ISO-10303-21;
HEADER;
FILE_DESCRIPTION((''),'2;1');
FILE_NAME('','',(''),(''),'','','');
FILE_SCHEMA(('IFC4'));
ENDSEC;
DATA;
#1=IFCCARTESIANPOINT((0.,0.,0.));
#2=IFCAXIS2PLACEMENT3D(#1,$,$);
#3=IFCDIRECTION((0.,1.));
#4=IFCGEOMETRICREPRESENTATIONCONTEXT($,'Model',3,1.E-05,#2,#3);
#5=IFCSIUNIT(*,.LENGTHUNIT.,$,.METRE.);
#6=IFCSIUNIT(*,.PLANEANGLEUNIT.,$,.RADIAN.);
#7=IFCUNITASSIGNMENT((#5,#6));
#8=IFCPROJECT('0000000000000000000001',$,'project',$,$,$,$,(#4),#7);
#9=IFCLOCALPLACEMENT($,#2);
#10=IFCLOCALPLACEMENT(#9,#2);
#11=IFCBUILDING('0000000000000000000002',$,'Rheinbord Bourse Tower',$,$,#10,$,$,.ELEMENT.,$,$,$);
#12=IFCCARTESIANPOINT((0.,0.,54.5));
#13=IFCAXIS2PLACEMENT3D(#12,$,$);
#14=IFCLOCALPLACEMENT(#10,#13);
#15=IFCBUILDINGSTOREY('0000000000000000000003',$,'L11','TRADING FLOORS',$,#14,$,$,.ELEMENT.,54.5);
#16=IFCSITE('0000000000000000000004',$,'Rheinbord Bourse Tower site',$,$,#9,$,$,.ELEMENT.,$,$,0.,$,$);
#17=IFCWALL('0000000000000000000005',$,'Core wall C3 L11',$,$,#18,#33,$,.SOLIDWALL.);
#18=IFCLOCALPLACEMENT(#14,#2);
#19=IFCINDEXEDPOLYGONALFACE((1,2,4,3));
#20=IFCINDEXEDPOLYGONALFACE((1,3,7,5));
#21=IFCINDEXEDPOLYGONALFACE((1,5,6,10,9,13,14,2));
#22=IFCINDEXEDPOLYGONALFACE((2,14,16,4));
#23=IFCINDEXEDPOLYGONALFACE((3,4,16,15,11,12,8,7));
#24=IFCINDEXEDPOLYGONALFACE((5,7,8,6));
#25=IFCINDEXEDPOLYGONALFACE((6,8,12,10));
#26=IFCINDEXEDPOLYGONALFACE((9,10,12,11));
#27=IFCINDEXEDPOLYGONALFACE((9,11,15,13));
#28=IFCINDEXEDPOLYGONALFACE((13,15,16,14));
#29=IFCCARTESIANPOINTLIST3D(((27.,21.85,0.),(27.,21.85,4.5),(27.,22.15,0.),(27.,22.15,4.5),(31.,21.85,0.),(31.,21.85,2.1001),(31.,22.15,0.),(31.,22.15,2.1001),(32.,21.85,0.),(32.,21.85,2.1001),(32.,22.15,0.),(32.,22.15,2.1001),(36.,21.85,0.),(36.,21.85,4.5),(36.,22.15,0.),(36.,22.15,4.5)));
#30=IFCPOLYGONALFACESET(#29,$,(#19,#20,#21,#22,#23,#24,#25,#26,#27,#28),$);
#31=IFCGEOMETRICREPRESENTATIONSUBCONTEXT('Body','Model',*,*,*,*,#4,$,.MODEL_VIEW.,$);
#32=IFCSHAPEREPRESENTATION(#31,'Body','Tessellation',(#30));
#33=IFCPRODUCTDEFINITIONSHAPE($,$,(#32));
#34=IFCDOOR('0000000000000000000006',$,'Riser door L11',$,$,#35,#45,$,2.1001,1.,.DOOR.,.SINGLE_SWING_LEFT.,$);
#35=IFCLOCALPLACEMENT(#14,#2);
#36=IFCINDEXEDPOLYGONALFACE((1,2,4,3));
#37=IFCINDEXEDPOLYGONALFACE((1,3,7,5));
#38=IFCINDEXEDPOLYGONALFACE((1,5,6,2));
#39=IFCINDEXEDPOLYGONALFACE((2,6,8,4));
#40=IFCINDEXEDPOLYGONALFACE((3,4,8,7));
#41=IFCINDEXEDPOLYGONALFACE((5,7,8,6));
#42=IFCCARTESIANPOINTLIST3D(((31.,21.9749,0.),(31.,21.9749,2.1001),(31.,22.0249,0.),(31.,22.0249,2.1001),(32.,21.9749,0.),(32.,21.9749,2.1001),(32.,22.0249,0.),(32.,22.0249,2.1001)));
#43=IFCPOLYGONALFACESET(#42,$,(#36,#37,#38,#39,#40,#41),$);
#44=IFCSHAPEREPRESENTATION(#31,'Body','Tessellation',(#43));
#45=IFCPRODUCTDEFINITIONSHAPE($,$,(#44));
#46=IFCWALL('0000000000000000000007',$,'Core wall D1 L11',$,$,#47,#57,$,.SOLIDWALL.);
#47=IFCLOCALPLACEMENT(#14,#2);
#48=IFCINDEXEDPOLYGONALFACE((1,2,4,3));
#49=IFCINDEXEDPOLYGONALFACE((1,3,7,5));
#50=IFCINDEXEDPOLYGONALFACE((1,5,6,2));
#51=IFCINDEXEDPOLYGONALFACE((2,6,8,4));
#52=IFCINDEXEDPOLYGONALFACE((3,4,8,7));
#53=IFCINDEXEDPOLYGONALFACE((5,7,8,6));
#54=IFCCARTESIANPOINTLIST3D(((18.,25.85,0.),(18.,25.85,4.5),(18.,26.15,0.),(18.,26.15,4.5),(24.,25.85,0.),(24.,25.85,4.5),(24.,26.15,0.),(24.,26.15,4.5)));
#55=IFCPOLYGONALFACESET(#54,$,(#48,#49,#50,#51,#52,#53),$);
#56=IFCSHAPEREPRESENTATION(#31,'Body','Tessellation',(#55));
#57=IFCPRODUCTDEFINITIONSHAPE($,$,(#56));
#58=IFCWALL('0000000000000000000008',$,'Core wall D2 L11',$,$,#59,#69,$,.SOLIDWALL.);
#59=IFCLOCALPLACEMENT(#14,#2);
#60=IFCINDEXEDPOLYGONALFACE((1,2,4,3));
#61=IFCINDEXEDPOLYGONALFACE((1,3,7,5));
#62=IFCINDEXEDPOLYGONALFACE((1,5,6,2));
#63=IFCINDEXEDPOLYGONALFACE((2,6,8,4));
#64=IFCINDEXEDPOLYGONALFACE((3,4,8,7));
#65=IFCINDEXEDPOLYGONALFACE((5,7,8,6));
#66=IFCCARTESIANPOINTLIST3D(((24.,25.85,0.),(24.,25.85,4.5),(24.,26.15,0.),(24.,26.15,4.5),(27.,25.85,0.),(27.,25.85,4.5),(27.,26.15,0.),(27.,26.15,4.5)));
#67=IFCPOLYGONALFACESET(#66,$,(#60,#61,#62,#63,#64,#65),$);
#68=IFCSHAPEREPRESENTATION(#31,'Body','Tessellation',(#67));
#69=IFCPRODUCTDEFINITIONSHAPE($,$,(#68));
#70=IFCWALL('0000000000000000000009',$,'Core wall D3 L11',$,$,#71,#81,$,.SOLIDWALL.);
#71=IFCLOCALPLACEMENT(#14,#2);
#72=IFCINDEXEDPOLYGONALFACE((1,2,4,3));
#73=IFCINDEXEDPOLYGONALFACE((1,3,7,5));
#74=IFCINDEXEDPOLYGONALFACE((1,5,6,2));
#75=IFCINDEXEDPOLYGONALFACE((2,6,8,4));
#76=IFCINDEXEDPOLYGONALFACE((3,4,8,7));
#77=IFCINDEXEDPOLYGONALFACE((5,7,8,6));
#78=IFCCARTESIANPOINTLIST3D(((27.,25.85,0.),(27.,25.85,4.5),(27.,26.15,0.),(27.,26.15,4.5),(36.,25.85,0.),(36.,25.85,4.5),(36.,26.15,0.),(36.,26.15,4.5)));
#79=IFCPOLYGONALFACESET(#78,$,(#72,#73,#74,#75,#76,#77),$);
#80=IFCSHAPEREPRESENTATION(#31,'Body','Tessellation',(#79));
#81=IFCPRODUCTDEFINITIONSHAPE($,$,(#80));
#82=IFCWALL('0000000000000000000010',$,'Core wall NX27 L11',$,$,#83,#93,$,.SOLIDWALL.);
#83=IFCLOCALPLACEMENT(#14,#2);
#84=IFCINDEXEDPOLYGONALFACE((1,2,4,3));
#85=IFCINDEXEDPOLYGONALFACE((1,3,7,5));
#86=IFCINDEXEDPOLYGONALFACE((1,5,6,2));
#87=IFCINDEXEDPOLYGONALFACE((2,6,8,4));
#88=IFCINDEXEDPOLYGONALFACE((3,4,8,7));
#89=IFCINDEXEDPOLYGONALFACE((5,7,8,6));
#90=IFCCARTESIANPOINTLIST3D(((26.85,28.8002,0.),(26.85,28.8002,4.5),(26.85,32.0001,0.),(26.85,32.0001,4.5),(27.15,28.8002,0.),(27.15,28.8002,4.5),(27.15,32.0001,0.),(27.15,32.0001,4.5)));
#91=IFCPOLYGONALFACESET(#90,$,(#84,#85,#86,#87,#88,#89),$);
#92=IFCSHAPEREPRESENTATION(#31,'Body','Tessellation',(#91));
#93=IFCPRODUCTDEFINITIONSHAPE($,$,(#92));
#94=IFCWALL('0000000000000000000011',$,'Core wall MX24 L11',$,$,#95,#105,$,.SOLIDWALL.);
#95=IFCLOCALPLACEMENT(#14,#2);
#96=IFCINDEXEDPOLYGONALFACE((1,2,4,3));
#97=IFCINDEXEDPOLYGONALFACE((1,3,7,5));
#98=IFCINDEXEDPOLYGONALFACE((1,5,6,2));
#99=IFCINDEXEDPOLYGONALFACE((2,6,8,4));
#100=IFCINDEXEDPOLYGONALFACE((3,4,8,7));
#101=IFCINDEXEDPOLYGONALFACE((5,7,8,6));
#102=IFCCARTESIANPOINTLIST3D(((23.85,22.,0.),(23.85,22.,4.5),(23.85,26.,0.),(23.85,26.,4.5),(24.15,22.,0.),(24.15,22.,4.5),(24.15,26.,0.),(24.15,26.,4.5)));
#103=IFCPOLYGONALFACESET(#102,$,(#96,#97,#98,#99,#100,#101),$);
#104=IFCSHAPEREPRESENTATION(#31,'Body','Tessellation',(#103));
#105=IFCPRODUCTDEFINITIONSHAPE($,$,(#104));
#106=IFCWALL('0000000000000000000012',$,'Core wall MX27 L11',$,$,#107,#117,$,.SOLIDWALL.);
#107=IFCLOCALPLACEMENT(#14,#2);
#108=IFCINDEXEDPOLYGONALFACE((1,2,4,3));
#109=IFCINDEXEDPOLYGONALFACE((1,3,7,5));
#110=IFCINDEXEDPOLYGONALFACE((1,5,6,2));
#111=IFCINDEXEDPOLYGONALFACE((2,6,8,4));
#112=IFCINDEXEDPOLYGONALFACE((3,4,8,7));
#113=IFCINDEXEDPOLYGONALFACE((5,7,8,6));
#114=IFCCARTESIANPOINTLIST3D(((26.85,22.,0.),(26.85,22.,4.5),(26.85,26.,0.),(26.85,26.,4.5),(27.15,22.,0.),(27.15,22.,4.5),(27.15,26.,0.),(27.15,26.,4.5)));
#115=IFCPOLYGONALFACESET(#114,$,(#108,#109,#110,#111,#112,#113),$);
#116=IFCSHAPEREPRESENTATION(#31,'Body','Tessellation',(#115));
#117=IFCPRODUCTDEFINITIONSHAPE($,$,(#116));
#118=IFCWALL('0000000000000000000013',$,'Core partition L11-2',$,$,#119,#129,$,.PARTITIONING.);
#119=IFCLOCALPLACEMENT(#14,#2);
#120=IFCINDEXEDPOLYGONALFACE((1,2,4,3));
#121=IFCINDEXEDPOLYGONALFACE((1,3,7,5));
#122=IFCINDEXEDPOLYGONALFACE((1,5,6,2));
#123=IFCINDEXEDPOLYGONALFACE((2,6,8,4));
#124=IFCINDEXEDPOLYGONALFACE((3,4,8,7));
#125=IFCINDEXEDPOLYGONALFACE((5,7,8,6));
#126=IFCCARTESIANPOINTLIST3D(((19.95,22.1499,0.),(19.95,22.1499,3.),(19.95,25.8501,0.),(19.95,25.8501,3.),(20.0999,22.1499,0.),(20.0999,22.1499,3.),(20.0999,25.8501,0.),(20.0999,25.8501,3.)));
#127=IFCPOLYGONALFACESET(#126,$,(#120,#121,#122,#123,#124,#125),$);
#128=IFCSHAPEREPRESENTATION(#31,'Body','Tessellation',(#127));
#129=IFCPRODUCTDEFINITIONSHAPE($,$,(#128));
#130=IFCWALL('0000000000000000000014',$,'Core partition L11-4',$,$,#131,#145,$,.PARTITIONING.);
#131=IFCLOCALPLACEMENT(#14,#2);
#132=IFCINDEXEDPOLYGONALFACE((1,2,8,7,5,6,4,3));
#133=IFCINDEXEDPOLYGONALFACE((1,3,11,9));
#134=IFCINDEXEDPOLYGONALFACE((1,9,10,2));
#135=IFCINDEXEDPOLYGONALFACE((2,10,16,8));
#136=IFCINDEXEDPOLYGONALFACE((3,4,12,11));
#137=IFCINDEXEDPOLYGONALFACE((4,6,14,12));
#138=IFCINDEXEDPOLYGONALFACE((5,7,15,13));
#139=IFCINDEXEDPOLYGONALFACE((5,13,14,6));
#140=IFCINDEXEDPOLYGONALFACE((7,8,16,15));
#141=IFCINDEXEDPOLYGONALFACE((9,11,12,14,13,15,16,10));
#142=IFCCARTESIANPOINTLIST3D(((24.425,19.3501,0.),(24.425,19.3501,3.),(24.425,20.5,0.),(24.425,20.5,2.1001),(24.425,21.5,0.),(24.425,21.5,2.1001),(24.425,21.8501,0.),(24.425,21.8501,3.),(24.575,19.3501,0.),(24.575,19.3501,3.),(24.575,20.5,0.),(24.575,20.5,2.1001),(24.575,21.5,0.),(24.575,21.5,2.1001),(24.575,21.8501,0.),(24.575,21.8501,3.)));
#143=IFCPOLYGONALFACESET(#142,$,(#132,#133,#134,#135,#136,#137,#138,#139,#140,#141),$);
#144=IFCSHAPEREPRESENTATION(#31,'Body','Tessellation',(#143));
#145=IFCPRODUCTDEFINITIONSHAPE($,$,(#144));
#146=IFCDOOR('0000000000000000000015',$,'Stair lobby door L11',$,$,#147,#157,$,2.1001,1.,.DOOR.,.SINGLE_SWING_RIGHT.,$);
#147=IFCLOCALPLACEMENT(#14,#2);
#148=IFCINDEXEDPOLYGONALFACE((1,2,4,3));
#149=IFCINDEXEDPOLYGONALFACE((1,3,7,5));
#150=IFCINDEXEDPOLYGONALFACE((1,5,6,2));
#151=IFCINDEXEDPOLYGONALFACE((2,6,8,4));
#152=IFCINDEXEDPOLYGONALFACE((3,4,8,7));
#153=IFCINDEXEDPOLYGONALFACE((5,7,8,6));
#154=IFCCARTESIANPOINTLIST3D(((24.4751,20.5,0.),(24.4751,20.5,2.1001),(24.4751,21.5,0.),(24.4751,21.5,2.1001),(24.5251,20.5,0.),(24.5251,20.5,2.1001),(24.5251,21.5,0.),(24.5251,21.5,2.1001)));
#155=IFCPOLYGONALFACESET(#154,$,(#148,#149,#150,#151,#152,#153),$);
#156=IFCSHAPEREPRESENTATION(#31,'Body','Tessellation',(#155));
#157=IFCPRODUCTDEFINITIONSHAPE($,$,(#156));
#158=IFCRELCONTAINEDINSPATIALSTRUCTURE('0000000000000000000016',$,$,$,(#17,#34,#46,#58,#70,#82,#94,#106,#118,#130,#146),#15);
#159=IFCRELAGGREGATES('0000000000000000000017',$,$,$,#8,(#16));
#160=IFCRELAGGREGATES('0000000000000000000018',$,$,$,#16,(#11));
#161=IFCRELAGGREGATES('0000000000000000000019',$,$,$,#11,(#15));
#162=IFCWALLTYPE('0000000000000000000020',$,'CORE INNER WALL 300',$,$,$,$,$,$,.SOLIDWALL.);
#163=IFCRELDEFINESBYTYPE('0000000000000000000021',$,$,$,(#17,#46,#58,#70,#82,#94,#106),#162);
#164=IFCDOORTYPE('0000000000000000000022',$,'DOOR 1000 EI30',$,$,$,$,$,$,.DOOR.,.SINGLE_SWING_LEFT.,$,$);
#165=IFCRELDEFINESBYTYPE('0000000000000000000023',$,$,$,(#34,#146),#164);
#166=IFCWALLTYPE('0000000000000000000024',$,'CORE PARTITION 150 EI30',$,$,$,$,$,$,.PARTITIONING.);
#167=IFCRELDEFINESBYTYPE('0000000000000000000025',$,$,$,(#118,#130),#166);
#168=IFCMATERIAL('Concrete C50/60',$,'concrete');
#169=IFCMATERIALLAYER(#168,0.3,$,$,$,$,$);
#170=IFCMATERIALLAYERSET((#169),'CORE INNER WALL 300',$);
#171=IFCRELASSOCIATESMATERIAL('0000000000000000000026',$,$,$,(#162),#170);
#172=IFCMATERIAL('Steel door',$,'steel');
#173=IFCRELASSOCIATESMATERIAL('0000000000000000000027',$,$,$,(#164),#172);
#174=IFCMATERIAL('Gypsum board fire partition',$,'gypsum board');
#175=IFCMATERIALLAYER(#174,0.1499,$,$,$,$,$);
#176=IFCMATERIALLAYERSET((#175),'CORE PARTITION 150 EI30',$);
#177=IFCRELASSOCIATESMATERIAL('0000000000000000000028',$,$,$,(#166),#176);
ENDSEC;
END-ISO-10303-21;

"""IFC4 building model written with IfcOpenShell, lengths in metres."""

from ifc_helpers import new_model, si_unit, direction, frame, frame_2d, origin, place, context, subcontext, project, spatial, rectangle, extrude, material, layer, layer_set, type_object, element, fill, save


model = new_model("IFC4")

# Units and contexts
model_context = context("Model", 3, precision=1e-05, world=origin(), true_north=direction((0.0, 1.0)))
body_context = subcontext(model_context, "Body", "Model", "MODEL_VIEW")
ifc_project = project(units=[si_unit("LENGTHUNIT", "METRE"), si_unit("PLANEANGLEUNIT", "RADIAN")], contexts=[model_context])

# Site, building, storey
site_placement = place(None, origin())
site = spatial("IfcSite", under=ifc_project, at=site_placement, Name="Rheinbord Bourse Tower site", CompositionType="ELEMENT", RefElevation=0.0)
building_placement = place(site_placement, origin())
building = spatial("IfcBuilding", under=site, at=building_placement, Name="Rheinbord Bourse Tower", CompositionType="ELEMENT")
storey_placement = place(building_placement, frame((0.0, 0.0, 54.5)))
storey = spatial("IfcBuildingStorey", under=building, at=storey_placement, Name="L11", Description="TRADING FLOORS", CompositionType="ELEMENT", Elevation=54.5)

# Shared definitions
ifc_material_1 = material(Name="Concrete C50/60", Category="concrete")
ifc_layer_1 = layer(ifc_material_1, 0.3)
ifc_layer_set_1 = layer_set([ifc_layer_1], Name="CORE INNER WALL 300")
wall_type_1 = type_object("IfcWallType", Name="CORE INNER WALL 300", PredefinedType="SOLIDWALL", material=ifc_layer_set_1)
ifc_material_2 = material(Name="Steel door", Category="steel")
door_type_1 = type_object("IfcDoorType", Name="DOOR 1000 EI30", OperationType="SINGLE_SWING_LEFT", PredefinedType="DOOR", material=ifc_material_2)

# Wall, opening, door
wall_1_placement = place(storey_placement, frame((27.0, 22.0, 0.0), z_axis=(0.0, 0.0, 1.0), x_axis=(1.0, 0.0, 0.0)))
wall_1 = element("IfcWall", 1, at=wall_1_placement, inside=storey, type_object=wall_type_1, Name="Core wall C3 L11", PredefinedType="SOLIDWALL", context=body_context, shape_type="SweptSolid", body=[
    extrude(rectangle(XDim=9.0, YDim=0.3, at=frame_2d((4.5, 0.0))), origin(), (0.0, 0.0, 1.0), 4.5),
])
opening_1_placement = place(wall_1_placement, frame((4.0, 0.0, 0.0)))
opening_1 = element("IfcOpeningElement", 2, at=opening_1_placement, cuts=wall_1, PredefinedType="OPENING", context=body_context, shape_type="SweptSolid", body=[
    extrude(rectangle(XDim=1.0, YDim=2.1001, at=frame_2d((0.5, 1.05))), frame((0.0, 0.1599, 0.0), z_axis=(0.0, -1.0, 0.0), x_axis=(1.0, 0.0, 0.0)), (0.0, 0.0, 1.0), 0.3201),
])
door_1_placement = place(opening_1_placement, origin())
door_1 = element("IfcDoor", 3, at=door_1_placement, inside=storey, type_object=door_type_1, Name="Riser door L11", OperationType="SINGLE_SWING_LEFT", OverallHeight=2.1001, OverallWidth=1.0, PredefinedType="DOOR", context=body_context, shape_type="SweptSolid", body=[
    extrude(rectangle(XDim=1.0, YDim=2.1001, at=frame_2d((0.5, 1.05))), frame((0.0, 0.0249, 0.0), z_axis=(0.0, -1.0, 0.0), x_axis=(1.0, 0.0, 0.0)), (0.0, 0.0, 1.0), 0.05),
])
fill(opening_1, door_1)

# Walls
wall_2_placement = place(storey_placement, frame((18.0, 26.0, 0.0), z_axis=(0.0, 0.0, 1.0), x_axis=(1.0, 0.0, 0.0)))
element("IfcWall", 4, at=wall_2_placement, inside=storey, type_object=wall_type_1, Name="Core wall D1 L11", PredefinedType="SOLIDWALL", context=body_context, shape_type="SweptSolid", body=[
    extrude(rectangle(XDim=6.0, YDim=0.3, at=frame_2d((3.0, 0.0))), origin(), (0.0, 0.0, 1.0), 4.5),
])
wall_3_placement = place(storey_placement, frame((24.0, 26.0, 0.0), z_axis=(0.0, 0.0, 1.0), x_axis=(1.0, 0.0, 0.0)))
element("IfcWall", 5, at=wall_3_placement, inside=storey, type_object=wall_type_1, Name="Core wall D2 L11", PredefinedType="SOLIDWALL", context=body_context, shape_type="SweptSolid", body=[
    extrude(rectangle(XDim=3.0, YDim=0.3, at=frame_2d((1.5, 0.0))), origin(), (0.0, 0.0, 1.0), 4.5),
])
wall_4_placement = place(storey_placement, frame((27.0, 26.0, 0.0), z_axis=(0.0, 0.0, 1.0), x_axis=(1.0, 0.0, 0.0)))
element("IfcWall", 6, at=wall_4_placement, inside=storey, type_object=wall_type_1, Name="Core wall D3 L11", PredefinedType="SOLIDWALL", context=body_context, shape_type="SweptSolid", body=[
    extrude(rectangle(XDim=9.0, YDim=0.3, at=frame_2d((4.5, 0.0))), origin(), (0.0, 0.0, 1.0), 4.5),
])
wall_5_placement = place(storey_placement, frame((27.0, 28.8, 0.0), z_axis=(0.0, 0.0, 1.0), x_axis=(0.0, 1.0, 0.0)))
element("IfcWall", 7, at=wall_5_placement, inside=storey, type_object=wall_type_1, Name="Core wall NX27 L11", PredefinedType="SOLIDWALL", context=body_context, shape_type="SweptSolid", body=[
    extrude(rectangle(XDim=3.2, YDim=0.3, at=frame_2d((1.6001, 0.0))), origin(), (0.0, 0.0, 1.0), 4.5),
])
for number, where, z_axis, x_axis, name in (
    (8, (24.0, 22.0, 0.0), (0.0, 0.0, 1.0), (0.0, 1.0, 0.0), "Core wall MX24 L11"),
    (9, (27.0, 22.0, 0.0), (0.0, 0.0, 1.0), (0.0, 1.0, 0.0), "Core wall MX27 L11"),
):
    element("IfcWall", number, at=place(storey_placement, frame(where, z_axis=z_axis, x_axis=x_axis)), inside=storey, type_object=wall_type_1, Name=name, PredefinedType="SOLIDWALL", context=body_context, shape_type="SweptSolid", body=[
        extrude(rectangle(XDim=4.0, YDim=0.3, at=frame_2d((2.0, 0.0))), origin(), (0.0, 0.0, 1.0), 4.5),
    ])
ifc_material_3 = material(Name="Gypsum board fire partition", Category="gypsum board")
ifc_layer_2 = layer(ifc_material_3, 0.1499)
ifc_layer_set_2 = layer_set([ifc_layer_2], Name="CORE PARTITION 150 EI30")
wall_type_2 = type_object("IfcWallType", Name="CORE PARTITION 150 EI30", PredefinedType="PARTITIONING", material=ifc_layer_set_2)
wall_6_placement = place(storey_placement, frame((20.0249, 22.1499, 0.0), z_axis=(0.0, 0.0, 1.0), x_axis=(0.0, 1.0, 0.0)))
element("IfcWall", 10, at=wall_6_placement, inside=storey, type_object=wall_type_2, Name="Core partition L11-2", PredefinedType="PARTITIONING", context=body_context, shape_type="SweptSolid", body=[
    extrude(rectangle(XDim=3.7002, YDim=0.1499, at=frame_2d((1.8501, 0.0))), origin(), (0.0, 0.0, 1.0), 3.0),
])

# Wall, opening, door
wall_7_placement = place(storey_placement, frame((24.5, 19.3501, 0.0), z_axis=(0.0, 0.0, 1.0), x_axis=(0.0, 1.0, 0.0)))
wall_7 = element("IfcWall", 11, at=wall_7_placement, inside=storey, type_object=wall_type_2, Name="Core partition L11-4", PredefinedType="PARTITIONING", context=body_context, shape_type="SweptSolid", body=[
    extrude(rectangle(XDim=2.5, YDim=0.1499, at=frame_2d((1.25, 0.0))), origin(), (0.0, 0.0, 1.0), 3.0),
])
opening_2_placement = place(wall_7_placement, frame((1.1499, 0.0, 0.0)))
opening_2 = element("IfcOpeningElement", 12, at=opening_2_placement, cuts=wall_7, PredefinedType="OPENING", context=body_context, shape_type="SweptSolid", body=[
    extrude(rectangle(XDim=1.0, YDim=2.1001, at=frame_2d((0.5, 1.05))), frame((0.0, 0.085, 0.0), z_axis=(0.0, -1.0, 0.0), x_axis=(1.0, 0.0, 0.0)), (0.0, 0.0, 1.0), 0.1699),
])
door_2_placement = place(opening_2_placement, origin())
door_2 = element("IfcDoor", 13, at=door_2_placement, inside=storey, type_object=door_type_1, Name="Stair lobby door L11", OperationType="SINGLE_SWING_RIGHT", OverallHeight=2.1001, OverallWidth=1.0, PredefinedType="DOOR", context=body_context, shape_type="SweptSolid", body=[
    extrude(rectangle(XDim=1.0, YDim=2.1001, at=frame_2d((0.5, 1.05))), frame((0.0, 0.0249, 0.0), z_axis=(0.0, -1.0, 0.0), x_axis=(1.0, 0.0, 0.0)), (0.0, 0.0, 1.0), 0.05),
])
fill(opening_2, door_2)

save(model, "model.ifc")
